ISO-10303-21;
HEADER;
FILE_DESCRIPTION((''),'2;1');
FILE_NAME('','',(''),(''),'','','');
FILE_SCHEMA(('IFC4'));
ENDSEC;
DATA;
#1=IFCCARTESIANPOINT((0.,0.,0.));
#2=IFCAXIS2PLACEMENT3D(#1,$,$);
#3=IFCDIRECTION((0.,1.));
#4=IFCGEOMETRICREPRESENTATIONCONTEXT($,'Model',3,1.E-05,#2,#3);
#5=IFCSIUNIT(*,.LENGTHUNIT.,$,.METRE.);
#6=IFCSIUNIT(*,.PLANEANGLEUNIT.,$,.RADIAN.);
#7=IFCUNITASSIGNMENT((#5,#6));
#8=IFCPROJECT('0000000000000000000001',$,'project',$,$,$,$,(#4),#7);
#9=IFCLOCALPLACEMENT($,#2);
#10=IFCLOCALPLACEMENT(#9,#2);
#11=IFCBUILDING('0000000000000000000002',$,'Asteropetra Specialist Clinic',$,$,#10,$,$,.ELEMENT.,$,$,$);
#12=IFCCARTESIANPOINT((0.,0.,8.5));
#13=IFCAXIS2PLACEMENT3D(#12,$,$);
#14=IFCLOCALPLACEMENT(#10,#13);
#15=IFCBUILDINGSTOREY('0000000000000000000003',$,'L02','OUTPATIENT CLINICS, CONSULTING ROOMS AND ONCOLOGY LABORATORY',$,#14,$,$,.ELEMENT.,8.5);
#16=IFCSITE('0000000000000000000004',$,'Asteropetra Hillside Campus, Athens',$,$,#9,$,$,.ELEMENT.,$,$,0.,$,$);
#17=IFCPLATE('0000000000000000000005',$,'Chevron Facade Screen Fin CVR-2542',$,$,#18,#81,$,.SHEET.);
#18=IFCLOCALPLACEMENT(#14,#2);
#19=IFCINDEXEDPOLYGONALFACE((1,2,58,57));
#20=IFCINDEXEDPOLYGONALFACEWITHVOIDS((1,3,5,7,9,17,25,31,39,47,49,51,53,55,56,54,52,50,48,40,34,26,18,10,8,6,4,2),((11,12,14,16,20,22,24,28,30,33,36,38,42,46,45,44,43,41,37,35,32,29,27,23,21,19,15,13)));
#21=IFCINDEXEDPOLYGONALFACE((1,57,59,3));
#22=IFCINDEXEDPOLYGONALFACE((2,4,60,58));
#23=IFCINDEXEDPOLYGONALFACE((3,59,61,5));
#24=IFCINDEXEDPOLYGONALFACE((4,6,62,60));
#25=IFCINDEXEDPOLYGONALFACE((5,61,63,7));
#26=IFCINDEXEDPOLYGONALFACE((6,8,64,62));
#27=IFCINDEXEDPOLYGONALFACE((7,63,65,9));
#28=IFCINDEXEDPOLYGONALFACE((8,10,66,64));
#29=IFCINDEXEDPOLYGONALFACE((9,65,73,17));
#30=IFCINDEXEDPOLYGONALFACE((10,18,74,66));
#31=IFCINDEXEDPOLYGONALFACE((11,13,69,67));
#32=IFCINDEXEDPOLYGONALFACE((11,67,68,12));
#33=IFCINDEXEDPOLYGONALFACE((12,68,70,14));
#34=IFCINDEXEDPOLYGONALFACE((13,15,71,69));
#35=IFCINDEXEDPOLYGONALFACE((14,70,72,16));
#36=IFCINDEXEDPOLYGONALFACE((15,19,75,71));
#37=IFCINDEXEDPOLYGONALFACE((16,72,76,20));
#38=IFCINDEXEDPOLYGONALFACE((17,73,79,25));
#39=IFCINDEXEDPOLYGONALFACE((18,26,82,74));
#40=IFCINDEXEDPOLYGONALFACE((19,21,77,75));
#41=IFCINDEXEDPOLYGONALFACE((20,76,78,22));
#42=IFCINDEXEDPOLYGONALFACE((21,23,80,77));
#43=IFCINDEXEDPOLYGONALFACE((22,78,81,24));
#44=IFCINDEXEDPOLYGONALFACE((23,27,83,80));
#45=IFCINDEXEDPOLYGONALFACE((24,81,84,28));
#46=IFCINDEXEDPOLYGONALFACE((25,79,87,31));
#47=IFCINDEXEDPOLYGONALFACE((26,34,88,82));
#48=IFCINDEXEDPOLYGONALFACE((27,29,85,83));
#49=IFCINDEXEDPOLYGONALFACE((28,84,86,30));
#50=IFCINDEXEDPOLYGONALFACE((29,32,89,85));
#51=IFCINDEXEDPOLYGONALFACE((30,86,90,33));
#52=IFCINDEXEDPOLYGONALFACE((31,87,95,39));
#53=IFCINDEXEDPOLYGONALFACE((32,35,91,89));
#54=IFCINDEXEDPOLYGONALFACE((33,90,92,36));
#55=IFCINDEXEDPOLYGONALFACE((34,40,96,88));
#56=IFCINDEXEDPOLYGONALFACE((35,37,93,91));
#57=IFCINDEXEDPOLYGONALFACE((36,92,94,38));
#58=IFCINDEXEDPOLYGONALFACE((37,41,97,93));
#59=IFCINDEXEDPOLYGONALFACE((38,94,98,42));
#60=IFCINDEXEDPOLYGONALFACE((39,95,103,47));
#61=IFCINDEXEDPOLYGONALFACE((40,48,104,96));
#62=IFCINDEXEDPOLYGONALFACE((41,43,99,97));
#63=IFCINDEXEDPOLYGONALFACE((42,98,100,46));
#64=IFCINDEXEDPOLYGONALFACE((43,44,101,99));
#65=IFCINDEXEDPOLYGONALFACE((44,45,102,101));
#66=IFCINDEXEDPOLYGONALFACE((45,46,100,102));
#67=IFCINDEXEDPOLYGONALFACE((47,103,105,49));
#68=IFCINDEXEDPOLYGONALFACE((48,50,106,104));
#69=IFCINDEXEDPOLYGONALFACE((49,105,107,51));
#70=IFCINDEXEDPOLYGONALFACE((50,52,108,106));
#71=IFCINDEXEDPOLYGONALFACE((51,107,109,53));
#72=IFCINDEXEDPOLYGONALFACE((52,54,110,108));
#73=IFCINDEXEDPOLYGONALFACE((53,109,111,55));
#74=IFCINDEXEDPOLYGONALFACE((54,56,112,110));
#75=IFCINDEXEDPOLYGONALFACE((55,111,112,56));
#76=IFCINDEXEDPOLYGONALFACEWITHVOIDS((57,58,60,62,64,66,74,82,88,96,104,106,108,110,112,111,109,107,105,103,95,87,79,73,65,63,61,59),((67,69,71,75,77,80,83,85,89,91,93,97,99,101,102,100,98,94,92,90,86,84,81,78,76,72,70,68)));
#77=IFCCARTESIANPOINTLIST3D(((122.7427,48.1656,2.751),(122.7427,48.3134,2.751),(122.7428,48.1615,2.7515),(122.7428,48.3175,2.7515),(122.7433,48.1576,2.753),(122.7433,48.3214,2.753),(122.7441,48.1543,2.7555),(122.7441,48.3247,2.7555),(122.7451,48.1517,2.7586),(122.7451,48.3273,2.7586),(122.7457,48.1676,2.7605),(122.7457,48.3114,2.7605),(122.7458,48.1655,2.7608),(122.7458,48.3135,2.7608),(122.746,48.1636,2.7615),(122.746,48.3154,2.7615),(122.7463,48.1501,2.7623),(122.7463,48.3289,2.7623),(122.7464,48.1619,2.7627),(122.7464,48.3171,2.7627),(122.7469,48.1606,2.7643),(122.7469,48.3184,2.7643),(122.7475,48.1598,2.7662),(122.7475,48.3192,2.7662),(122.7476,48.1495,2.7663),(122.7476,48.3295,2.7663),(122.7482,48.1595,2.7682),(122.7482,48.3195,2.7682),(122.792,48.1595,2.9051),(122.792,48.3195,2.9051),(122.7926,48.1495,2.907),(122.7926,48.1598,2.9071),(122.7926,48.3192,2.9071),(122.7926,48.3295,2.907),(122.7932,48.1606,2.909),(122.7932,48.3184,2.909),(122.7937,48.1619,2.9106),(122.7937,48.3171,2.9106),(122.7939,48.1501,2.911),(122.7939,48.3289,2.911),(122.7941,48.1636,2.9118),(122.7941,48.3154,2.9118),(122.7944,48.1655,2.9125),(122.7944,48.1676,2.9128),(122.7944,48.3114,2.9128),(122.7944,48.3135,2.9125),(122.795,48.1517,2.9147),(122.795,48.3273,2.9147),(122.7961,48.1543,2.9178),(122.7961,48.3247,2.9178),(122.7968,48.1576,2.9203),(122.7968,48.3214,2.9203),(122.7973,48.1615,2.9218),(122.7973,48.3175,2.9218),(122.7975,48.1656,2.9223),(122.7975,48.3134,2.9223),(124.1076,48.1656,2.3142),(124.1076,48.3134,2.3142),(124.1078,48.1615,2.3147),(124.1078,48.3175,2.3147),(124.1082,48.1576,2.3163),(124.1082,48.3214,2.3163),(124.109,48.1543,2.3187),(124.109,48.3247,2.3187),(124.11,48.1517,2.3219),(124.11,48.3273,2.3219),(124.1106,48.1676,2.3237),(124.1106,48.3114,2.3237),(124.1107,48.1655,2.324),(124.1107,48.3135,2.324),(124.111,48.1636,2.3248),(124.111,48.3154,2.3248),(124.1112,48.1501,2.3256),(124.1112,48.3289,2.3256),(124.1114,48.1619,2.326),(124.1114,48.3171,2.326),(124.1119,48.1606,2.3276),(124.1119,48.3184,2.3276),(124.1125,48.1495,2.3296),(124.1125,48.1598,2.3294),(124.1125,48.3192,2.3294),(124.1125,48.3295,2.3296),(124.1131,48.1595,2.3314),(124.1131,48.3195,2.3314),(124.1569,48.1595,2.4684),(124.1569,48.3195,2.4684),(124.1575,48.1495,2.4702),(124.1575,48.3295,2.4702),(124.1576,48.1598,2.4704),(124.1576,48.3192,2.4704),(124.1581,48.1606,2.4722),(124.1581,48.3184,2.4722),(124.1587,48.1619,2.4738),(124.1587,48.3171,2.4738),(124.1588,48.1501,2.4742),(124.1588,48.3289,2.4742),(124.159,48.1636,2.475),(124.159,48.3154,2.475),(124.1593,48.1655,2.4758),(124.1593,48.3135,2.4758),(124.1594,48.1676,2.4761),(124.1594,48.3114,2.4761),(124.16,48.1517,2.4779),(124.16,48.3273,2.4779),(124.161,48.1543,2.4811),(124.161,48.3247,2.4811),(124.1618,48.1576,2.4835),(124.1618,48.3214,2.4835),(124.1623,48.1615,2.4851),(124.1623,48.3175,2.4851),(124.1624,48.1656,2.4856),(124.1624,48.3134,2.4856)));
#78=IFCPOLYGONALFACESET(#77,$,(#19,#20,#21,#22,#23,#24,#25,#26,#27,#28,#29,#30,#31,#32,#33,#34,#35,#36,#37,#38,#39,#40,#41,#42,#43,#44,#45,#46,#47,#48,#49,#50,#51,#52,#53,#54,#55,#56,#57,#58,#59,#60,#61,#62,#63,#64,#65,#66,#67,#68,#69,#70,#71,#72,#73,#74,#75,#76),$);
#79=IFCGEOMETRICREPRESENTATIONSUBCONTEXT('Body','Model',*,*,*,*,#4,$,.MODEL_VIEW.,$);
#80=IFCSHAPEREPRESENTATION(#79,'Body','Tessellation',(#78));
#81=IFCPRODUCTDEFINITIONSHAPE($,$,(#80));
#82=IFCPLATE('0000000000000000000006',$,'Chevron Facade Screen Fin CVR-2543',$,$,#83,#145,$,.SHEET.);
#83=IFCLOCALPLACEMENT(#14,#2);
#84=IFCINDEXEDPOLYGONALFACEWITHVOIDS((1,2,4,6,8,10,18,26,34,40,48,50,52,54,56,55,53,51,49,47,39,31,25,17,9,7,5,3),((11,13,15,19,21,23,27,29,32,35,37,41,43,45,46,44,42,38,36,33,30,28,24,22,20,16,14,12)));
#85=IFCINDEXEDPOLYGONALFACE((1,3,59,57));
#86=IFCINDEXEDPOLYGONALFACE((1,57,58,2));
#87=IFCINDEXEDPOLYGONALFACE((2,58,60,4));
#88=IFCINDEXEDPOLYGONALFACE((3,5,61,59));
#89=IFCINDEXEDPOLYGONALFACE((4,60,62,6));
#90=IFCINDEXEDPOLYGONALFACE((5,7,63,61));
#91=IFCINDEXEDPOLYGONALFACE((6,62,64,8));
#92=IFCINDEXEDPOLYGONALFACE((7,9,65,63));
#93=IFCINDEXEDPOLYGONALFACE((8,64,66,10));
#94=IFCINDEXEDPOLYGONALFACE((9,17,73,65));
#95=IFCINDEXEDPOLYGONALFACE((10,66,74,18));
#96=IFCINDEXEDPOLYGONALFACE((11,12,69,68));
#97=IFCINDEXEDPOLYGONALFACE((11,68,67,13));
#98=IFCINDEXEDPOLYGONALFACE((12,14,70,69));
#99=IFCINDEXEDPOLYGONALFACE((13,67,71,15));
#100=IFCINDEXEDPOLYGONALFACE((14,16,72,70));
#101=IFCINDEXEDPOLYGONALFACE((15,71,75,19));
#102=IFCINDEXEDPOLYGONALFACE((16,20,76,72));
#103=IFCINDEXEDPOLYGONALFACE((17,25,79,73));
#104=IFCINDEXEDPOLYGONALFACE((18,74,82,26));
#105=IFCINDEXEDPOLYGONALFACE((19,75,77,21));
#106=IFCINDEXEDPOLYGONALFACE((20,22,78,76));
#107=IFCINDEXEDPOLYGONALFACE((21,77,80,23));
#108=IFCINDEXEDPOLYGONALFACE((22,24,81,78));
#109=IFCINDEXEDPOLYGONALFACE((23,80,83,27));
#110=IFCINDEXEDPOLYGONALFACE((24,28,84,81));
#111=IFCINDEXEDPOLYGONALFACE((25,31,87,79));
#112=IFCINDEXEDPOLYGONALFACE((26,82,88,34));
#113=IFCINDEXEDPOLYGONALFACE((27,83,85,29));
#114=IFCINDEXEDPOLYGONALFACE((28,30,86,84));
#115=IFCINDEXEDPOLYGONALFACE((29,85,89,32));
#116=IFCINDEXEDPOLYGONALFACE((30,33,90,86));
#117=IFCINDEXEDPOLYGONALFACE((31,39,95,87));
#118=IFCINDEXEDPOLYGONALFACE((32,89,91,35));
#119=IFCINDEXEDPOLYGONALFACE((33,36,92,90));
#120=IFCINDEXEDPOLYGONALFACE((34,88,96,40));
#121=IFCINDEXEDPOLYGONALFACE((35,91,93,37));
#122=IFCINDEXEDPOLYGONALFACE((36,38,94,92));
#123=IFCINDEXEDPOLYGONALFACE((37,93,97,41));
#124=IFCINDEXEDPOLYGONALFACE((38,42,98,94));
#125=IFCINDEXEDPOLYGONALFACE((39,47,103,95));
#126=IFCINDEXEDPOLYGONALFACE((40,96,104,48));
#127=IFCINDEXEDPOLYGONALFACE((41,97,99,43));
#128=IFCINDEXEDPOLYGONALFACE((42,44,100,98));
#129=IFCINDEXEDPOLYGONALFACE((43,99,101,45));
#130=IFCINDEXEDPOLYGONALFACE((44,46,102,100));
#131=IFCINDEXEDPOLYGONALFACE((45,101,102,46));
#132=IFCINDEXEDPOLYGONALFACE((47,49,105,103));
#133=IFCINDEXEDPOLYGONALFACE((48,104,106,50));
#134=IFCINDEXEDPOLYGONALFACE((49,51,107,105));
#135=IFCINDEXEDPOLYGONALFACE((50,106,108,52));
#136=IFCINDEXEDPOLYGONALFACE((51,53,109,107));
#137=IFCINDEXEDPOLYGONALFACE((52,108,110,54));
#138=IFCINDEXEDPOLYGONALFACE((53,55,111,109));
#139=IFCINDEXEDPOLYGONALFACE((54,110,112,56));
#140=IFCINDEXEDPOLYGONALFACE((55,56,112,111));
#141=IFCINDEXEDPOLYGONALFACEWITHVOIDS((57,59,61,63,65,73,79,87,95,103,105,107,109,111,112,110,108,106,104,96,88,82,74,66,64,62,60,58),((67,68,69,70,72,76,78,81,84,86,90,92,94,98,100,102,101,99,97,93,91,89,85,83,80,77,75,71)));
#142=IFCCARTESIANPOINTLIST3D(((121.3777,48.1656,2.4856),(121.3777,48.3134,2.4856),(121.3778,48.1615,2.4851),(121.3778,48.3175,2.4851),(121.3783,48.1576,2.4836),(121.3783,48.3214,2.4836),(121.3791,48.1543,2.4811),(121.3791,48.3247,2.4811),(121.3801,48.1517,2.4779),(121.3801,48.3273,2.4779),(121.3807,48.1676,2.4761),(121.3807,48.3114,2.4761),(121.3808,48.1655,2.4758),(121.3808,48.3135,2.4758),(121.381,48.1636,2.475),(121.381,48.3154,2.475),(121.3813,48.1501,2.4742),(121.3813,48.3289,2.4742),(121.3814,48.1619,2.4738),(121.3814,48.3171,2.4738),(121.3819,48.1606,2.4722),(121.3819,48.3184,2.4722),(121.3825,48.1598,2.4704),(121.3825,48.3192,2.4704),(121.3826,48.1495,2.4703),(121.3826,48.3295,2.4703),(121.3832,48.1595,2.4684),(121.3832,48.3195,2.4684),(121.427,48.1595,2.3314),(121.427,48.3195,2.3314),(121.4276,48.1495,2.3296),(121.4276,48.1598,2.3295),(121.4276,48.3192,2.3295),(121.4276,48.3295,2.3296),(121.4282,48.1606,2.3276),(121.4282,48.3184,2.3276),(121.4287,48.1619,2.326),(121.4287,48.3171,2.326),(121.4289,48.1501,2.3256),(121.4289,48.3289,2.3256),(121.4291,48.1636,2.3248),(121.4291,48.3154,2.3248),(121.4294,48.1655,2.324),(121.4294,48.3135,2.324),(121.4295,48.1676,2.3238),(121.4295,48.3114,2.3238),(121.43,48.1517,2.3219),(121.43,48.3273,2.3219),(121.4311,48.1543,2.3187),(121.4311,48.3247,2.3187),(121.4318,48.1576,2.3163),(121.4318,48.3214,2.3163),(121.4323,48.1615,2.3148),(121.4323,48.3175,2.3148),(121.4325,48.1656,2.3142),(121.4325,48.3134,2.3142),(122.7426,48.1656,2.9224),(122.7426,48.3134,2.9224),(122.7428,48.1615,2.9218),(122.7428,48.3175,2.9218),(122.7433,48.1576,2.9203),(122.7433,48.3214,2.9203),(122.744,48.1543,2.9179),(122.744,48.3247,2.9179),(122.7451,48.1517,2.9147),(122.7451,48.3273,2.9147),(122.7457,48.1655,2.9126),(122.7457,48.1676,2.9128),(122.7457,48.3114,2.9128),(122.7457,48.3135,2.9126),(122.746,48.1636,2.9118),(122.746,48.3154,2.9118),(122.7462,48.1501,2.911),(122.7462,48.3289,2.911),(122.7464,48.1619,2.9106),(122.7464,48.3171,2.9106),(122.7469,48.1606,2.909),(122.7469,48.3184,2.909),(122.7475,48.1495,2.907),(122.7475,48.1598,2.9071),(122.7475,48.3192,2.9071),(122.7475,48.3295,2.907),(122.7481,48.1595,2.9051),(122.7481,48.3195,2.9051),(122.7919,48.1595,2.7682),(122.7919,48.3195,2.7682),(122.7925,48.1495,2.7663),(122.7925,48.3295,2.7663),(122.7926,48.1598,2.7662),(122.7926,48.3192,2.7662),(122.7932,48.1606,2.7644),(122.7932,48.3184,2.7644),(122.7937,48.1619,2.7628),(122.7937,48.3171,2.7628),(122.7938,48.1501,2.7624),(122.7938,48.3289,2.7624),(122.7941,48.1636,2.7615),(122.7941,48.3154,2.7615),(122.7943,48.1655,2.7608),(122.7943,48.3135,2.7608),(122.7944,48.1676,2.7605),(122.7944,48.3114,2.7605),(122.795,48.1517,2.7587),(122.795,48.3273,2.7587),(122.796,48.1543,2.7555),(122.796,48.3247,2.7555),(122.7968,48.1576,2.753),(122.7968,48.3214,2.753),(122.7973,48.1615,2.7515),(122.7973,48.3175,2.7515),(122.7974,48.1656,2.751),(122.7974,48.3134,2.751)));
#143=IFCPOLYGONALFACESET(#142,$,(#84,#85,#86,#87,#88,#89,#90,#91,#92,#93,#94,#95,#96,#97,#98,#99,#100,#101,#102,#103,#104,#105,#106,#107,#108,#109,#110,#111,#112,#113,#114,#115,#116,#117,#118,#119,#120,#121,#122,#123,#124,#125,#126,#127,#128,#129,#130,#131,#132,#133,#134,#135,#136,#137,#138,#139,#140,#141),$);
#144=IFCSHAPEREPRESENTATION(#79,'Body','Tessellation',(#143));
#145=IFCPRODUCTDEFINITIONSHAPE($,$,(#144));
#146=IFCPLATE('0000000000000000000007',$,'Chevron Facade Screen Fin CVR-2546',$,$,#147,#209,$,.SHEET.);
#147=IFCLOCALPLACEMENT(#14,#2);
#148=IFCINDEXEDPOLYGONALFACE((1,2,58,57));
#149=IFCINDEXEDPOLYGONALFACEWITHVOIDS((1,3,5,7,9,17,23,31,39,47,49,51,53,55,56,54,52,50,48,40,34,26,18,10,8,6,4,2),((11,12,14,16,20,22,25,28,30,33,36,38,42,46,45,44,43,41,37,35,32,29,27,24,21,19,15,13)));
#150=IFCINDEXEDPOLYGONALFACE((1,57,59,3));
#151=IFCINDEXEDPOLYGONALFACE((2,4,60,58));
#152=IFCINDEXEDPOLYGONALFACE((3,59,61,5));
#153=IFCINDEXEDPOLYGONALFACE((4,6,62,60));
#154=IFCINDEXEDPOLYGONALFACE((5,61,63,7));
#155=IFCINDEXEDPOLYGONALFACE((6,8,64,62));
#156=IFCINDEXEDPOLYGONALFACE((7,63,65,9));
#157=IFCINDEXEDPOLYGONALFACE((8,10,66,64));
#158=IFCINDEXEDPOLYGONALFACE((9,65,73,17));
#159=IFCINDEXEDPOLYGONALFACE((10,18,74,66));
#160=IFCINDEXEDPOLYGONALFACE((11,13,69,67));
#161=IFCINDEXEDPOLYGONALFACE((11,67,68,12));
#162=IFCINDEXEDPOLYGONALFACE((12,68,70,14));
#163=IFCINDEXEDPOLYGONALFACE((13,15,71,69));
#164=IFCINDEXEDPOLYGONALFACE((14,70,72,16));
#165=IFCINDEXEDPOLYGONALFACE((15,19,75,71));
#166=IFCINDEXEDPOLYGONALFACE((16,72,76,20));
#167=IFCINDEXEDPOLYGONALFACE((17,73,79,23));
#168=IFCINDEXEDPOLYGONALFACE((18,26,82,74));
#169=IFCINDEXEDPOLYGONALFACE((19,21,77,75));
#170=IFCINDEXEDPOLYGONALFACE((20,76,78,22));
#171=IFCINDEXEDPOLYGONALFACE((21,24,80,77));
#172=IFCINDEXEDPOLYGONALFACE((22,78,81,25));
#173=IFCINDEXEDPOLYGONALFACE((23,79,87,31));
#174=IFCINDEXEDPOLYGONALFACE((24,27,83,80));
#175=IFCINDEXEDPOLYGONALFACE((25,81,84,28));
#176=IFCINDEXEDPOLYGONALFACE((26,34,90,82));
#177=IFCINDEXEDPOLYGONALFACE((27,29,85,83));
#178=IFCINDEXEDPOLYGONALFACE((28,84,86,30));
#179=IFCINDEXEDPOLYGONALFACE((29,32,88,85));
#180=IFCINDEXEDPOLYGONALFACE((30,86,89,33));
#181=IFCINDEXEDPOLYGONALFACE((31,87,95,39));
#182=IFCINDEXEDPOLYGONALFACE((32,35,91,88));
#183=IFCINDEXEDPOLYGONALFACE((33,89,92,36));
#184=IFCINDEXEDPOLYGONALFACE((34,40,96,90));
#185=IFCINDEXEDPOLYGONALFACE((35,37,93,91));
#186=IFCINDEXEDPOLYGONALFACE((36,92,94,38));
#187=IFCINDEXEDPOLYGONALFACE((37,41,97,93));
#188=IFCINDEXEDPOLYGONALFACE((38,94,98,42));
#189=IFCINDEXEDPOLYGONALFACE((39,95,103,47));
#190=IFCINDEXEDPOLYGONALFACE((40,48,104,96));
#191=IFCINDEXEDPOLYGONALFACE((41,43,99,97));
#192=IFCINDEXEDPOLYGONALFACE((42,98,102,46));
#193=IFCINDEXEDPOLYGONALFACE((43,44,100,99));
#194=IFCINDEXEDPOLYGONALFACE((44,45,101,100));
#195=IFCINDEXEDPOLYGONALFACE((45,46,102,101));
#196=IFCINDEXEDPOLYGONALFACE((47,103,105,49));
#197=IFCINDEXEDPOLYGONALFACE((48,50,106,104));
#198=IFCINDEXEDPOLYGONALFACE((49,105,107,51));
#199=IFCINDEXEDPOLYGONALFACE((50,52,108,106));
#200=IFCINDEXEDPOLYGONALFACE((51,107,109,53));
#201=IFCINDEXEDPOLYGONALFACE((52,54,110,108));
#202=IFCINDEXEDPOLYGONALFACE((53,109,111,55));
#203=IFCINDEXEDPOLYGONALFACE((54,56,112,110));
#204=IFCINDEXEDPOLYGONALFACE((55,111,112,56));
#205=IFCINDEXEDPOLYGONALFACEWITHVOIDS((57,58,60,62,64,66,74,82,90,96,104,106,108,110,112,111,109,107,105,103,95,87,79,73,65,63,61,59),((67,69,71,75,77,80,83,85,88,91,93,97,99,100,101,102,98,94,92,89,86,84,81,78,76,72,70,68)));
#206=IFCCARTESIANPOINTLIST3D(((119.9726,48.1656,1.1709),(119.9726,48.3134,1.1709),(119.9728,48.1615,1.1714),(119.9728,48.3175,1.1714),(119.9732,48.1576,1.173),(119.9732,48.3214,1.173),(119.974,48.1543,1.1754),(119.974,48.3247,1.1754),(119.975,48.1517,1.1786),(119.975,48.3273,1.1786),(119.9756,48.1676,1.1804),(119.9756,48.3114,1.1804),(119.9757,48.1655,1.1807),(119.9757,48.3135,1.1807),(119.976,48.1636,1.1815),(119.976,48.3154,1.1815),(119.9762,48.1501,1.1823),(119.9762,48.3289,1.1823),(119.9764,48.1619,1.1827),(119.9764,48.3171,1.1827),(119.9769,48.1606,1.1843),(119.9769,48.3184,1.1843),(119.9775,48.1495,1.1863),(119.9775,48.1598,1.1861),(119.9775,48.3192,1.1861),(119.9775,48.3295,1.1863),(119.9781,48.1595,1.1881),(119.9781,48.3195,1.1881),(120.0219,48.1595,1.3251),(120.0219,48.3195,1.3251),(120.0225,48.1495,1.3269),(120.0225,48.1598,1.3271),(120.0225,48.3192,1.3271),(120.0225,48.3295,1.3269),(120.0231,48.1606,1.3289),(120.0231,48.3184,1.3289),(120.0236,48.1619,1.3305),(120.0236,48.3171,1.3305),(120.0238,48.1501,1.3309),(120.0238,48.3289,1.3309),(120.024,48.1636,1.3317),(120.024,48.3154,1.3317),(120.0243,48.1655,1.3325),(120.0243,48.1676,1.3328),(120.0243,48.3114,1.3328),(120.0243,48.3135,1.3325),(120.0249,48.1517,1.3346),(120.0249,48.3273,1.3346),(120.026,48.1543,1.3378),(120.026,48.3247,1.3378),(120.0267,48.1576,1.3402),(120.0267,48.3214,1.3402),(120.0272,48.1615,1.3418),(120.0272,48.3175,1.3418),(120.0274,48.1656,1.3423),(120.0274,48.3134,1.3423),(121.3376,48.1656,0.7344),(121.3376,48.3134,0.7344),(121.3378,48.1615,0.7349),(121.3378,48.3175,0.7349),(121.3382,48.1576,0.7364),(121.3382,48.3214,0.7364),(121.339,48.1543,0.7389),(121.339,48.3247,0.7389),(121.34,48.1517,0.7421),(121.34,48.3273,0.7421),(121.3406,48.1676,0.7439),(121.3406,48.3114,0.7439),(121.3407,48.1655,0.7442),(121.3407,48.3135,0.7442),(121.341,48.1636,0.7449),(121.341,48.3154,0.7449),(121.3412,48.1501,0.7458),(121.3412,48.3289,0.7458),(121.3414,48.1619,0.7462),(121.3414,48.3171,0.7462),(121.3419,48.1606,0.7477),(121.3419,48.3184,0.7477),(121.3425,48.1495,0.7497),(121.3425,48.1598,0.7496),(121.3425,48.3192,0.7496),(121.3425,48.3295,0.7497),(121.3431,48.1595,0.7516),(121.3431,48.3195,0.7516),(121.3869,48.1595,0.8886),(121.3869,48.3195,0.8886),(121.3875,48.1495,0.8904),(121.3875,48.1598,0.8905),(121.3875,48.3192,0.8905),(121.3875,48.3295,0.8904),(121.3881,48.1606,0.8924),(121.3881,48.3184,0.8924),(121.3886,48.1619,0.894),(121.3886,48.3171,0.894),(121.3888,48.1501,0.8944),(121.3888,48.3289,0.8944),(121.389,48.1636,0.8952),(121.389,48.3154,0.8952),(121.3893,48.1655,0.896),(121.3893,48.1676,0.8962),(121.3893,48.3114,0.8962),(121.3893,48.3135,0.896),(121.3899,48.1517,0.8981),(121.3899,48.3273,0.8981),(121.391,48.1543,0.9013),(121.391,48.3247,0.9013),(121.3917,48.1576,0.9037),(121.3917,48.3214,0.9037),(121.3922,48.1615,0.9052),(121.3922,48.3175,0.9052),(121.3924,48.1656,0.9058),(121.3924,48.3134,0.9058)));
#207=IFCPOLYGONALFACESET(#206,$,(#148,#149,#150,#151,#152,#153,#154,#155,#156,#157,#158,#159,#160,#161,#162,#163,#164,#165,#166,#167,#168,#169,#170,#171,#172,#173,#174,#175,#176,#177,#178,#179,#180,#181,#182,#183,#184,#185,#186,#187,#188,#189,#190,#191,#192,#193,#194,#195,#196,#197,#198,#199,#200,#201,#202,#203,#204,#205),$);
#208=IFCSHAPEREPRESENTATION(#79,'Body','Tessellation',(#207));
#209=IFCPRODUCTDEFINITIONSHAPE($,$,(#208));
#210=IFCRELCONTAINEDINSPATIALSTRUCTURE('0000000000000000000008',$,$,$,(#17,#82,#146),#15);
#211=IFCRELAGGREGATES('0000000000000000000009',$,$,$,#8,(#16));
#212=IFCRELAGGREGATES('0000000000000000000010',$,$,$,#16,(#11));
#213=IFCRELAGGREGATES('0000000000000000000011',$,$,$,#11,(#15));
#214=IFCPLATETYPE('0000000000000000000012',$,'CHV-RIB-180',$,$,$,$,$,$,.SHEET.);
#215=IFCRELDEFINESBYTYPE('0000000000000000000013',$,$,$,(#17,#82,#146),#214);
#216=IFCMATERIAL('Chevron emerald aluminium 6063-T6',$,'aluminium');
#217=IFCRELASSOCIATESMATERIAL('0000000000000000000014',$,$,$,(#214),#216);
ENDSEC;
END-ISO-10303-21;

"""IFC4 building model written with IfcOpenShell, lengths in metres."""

from ifc_helpers import new_model, si_unit, direction, frame, origin, origin_2d, place, context, subcontext, project, spatial, hollow_rectangle, extrude, material, material_profile, profile_set, type_object, element, save


model = new_model("IFC4")

# Units and contexts
model_context = context("Model", 3, precision=1e-05, world=origin(), true_north=direction((0.0, 1.0)))
body_context = subcontext(model_context, "Body", "Model", "MODEL_VIEW")
ifc_project = project(units=[si_unit("LENGTHUNIT", "METRE"), si_unit("PLANEANGLEUNIT", "RADIAN")], contexts=[model_context])

# Site, building, storey
site_placement = place(None, origin())
site = spatial("IfcSite", under=ifc_project, at=site_placement, Name="Asteropetra Hillside Campus, Athens", CompositionType="ELEMENT", RefElevation=0.0)
building_placement = place(site_placement, origin())
building = spatial("IfcBuilding", under=site, at=building_placement, Name="Asteropetra Specialist Clinic", CompositionType="ELEMENT")
storey_placement = place(building_placement, frame((0.0, 0.0, 8.5)))
storey = spatial("IfcBuildingStorey", under=building, at=storey_placement, Name="L02", Description="OUTPATIENT CLINICS, CONSULTING ROOMS AND ONCOLOGY LABORATORY", CompositionType="ELEMENT", Elevation=8.5)

# Plates
ifc_material_1 = material(Name="Chevron emerald aluminium 6063-T6", Category="aluminium")
ifc_material_profile_1 = material_profile(ifc_material_1, hollow_rectangle(XDim=0.1799, YDim=0.1799, WallThickness=0.01, InnerFilletRadius=0.0081, OuterFilletRadius=0.0161, at=origin_2d()), Name="SHS 180x180x10.0")
ifc_profile_set_1 = profile_set([ifc_material_profile_1], Name="Chevron emerald aluminium 6063-T6")
plate_type = type_object("IfcPlateType", Name="CHV-RIB-180", PredefinedType="SHEET", material=ifc_profile_set_1)
for number, where, z_axis, x_axis, name in (
    (1, (124.135, 48.2395, 2.3999), (-0.95243, 0.0, 0.304757), (0.0, -1.0, 0.0), "Chevron Facade Screen Fin CVR-2542"),
    (2, (122.77, 48.2395, 2.8367), (-0.95243, 0.0, -0.304757), (0.0, -1.0, 0.0), "Chevron Facade Screen Fin CVR-2543"),
    (3, (121.365, 48.2395, 0.8201), (-0.95248, 0.0, 0.304603), (0.0, -1.0, 0.0), "Chevron Facade Screen Fin CVR-2546"),
):
    element("IfcPlate", number, at=place(storey_placement, frame(where, z_axis=z_axis, x_axis=x_axis)), inside=storey, type_object=plate_type, Name=name, PredefinedType="SHEET", context=body_context, shape_type="SweptSolid", body=[
        extrude(hollow_rectangle(XDim=0.1799, YDim=0.1799, WallThickness=0.01, InnerFilletRadius=0.0081, OuterFilletRadius=0.0161, at=origin_2d()), origin(), (0.0, 0.0, 1.0), 1.4331),
    ])

save(model, "model.ifc")
